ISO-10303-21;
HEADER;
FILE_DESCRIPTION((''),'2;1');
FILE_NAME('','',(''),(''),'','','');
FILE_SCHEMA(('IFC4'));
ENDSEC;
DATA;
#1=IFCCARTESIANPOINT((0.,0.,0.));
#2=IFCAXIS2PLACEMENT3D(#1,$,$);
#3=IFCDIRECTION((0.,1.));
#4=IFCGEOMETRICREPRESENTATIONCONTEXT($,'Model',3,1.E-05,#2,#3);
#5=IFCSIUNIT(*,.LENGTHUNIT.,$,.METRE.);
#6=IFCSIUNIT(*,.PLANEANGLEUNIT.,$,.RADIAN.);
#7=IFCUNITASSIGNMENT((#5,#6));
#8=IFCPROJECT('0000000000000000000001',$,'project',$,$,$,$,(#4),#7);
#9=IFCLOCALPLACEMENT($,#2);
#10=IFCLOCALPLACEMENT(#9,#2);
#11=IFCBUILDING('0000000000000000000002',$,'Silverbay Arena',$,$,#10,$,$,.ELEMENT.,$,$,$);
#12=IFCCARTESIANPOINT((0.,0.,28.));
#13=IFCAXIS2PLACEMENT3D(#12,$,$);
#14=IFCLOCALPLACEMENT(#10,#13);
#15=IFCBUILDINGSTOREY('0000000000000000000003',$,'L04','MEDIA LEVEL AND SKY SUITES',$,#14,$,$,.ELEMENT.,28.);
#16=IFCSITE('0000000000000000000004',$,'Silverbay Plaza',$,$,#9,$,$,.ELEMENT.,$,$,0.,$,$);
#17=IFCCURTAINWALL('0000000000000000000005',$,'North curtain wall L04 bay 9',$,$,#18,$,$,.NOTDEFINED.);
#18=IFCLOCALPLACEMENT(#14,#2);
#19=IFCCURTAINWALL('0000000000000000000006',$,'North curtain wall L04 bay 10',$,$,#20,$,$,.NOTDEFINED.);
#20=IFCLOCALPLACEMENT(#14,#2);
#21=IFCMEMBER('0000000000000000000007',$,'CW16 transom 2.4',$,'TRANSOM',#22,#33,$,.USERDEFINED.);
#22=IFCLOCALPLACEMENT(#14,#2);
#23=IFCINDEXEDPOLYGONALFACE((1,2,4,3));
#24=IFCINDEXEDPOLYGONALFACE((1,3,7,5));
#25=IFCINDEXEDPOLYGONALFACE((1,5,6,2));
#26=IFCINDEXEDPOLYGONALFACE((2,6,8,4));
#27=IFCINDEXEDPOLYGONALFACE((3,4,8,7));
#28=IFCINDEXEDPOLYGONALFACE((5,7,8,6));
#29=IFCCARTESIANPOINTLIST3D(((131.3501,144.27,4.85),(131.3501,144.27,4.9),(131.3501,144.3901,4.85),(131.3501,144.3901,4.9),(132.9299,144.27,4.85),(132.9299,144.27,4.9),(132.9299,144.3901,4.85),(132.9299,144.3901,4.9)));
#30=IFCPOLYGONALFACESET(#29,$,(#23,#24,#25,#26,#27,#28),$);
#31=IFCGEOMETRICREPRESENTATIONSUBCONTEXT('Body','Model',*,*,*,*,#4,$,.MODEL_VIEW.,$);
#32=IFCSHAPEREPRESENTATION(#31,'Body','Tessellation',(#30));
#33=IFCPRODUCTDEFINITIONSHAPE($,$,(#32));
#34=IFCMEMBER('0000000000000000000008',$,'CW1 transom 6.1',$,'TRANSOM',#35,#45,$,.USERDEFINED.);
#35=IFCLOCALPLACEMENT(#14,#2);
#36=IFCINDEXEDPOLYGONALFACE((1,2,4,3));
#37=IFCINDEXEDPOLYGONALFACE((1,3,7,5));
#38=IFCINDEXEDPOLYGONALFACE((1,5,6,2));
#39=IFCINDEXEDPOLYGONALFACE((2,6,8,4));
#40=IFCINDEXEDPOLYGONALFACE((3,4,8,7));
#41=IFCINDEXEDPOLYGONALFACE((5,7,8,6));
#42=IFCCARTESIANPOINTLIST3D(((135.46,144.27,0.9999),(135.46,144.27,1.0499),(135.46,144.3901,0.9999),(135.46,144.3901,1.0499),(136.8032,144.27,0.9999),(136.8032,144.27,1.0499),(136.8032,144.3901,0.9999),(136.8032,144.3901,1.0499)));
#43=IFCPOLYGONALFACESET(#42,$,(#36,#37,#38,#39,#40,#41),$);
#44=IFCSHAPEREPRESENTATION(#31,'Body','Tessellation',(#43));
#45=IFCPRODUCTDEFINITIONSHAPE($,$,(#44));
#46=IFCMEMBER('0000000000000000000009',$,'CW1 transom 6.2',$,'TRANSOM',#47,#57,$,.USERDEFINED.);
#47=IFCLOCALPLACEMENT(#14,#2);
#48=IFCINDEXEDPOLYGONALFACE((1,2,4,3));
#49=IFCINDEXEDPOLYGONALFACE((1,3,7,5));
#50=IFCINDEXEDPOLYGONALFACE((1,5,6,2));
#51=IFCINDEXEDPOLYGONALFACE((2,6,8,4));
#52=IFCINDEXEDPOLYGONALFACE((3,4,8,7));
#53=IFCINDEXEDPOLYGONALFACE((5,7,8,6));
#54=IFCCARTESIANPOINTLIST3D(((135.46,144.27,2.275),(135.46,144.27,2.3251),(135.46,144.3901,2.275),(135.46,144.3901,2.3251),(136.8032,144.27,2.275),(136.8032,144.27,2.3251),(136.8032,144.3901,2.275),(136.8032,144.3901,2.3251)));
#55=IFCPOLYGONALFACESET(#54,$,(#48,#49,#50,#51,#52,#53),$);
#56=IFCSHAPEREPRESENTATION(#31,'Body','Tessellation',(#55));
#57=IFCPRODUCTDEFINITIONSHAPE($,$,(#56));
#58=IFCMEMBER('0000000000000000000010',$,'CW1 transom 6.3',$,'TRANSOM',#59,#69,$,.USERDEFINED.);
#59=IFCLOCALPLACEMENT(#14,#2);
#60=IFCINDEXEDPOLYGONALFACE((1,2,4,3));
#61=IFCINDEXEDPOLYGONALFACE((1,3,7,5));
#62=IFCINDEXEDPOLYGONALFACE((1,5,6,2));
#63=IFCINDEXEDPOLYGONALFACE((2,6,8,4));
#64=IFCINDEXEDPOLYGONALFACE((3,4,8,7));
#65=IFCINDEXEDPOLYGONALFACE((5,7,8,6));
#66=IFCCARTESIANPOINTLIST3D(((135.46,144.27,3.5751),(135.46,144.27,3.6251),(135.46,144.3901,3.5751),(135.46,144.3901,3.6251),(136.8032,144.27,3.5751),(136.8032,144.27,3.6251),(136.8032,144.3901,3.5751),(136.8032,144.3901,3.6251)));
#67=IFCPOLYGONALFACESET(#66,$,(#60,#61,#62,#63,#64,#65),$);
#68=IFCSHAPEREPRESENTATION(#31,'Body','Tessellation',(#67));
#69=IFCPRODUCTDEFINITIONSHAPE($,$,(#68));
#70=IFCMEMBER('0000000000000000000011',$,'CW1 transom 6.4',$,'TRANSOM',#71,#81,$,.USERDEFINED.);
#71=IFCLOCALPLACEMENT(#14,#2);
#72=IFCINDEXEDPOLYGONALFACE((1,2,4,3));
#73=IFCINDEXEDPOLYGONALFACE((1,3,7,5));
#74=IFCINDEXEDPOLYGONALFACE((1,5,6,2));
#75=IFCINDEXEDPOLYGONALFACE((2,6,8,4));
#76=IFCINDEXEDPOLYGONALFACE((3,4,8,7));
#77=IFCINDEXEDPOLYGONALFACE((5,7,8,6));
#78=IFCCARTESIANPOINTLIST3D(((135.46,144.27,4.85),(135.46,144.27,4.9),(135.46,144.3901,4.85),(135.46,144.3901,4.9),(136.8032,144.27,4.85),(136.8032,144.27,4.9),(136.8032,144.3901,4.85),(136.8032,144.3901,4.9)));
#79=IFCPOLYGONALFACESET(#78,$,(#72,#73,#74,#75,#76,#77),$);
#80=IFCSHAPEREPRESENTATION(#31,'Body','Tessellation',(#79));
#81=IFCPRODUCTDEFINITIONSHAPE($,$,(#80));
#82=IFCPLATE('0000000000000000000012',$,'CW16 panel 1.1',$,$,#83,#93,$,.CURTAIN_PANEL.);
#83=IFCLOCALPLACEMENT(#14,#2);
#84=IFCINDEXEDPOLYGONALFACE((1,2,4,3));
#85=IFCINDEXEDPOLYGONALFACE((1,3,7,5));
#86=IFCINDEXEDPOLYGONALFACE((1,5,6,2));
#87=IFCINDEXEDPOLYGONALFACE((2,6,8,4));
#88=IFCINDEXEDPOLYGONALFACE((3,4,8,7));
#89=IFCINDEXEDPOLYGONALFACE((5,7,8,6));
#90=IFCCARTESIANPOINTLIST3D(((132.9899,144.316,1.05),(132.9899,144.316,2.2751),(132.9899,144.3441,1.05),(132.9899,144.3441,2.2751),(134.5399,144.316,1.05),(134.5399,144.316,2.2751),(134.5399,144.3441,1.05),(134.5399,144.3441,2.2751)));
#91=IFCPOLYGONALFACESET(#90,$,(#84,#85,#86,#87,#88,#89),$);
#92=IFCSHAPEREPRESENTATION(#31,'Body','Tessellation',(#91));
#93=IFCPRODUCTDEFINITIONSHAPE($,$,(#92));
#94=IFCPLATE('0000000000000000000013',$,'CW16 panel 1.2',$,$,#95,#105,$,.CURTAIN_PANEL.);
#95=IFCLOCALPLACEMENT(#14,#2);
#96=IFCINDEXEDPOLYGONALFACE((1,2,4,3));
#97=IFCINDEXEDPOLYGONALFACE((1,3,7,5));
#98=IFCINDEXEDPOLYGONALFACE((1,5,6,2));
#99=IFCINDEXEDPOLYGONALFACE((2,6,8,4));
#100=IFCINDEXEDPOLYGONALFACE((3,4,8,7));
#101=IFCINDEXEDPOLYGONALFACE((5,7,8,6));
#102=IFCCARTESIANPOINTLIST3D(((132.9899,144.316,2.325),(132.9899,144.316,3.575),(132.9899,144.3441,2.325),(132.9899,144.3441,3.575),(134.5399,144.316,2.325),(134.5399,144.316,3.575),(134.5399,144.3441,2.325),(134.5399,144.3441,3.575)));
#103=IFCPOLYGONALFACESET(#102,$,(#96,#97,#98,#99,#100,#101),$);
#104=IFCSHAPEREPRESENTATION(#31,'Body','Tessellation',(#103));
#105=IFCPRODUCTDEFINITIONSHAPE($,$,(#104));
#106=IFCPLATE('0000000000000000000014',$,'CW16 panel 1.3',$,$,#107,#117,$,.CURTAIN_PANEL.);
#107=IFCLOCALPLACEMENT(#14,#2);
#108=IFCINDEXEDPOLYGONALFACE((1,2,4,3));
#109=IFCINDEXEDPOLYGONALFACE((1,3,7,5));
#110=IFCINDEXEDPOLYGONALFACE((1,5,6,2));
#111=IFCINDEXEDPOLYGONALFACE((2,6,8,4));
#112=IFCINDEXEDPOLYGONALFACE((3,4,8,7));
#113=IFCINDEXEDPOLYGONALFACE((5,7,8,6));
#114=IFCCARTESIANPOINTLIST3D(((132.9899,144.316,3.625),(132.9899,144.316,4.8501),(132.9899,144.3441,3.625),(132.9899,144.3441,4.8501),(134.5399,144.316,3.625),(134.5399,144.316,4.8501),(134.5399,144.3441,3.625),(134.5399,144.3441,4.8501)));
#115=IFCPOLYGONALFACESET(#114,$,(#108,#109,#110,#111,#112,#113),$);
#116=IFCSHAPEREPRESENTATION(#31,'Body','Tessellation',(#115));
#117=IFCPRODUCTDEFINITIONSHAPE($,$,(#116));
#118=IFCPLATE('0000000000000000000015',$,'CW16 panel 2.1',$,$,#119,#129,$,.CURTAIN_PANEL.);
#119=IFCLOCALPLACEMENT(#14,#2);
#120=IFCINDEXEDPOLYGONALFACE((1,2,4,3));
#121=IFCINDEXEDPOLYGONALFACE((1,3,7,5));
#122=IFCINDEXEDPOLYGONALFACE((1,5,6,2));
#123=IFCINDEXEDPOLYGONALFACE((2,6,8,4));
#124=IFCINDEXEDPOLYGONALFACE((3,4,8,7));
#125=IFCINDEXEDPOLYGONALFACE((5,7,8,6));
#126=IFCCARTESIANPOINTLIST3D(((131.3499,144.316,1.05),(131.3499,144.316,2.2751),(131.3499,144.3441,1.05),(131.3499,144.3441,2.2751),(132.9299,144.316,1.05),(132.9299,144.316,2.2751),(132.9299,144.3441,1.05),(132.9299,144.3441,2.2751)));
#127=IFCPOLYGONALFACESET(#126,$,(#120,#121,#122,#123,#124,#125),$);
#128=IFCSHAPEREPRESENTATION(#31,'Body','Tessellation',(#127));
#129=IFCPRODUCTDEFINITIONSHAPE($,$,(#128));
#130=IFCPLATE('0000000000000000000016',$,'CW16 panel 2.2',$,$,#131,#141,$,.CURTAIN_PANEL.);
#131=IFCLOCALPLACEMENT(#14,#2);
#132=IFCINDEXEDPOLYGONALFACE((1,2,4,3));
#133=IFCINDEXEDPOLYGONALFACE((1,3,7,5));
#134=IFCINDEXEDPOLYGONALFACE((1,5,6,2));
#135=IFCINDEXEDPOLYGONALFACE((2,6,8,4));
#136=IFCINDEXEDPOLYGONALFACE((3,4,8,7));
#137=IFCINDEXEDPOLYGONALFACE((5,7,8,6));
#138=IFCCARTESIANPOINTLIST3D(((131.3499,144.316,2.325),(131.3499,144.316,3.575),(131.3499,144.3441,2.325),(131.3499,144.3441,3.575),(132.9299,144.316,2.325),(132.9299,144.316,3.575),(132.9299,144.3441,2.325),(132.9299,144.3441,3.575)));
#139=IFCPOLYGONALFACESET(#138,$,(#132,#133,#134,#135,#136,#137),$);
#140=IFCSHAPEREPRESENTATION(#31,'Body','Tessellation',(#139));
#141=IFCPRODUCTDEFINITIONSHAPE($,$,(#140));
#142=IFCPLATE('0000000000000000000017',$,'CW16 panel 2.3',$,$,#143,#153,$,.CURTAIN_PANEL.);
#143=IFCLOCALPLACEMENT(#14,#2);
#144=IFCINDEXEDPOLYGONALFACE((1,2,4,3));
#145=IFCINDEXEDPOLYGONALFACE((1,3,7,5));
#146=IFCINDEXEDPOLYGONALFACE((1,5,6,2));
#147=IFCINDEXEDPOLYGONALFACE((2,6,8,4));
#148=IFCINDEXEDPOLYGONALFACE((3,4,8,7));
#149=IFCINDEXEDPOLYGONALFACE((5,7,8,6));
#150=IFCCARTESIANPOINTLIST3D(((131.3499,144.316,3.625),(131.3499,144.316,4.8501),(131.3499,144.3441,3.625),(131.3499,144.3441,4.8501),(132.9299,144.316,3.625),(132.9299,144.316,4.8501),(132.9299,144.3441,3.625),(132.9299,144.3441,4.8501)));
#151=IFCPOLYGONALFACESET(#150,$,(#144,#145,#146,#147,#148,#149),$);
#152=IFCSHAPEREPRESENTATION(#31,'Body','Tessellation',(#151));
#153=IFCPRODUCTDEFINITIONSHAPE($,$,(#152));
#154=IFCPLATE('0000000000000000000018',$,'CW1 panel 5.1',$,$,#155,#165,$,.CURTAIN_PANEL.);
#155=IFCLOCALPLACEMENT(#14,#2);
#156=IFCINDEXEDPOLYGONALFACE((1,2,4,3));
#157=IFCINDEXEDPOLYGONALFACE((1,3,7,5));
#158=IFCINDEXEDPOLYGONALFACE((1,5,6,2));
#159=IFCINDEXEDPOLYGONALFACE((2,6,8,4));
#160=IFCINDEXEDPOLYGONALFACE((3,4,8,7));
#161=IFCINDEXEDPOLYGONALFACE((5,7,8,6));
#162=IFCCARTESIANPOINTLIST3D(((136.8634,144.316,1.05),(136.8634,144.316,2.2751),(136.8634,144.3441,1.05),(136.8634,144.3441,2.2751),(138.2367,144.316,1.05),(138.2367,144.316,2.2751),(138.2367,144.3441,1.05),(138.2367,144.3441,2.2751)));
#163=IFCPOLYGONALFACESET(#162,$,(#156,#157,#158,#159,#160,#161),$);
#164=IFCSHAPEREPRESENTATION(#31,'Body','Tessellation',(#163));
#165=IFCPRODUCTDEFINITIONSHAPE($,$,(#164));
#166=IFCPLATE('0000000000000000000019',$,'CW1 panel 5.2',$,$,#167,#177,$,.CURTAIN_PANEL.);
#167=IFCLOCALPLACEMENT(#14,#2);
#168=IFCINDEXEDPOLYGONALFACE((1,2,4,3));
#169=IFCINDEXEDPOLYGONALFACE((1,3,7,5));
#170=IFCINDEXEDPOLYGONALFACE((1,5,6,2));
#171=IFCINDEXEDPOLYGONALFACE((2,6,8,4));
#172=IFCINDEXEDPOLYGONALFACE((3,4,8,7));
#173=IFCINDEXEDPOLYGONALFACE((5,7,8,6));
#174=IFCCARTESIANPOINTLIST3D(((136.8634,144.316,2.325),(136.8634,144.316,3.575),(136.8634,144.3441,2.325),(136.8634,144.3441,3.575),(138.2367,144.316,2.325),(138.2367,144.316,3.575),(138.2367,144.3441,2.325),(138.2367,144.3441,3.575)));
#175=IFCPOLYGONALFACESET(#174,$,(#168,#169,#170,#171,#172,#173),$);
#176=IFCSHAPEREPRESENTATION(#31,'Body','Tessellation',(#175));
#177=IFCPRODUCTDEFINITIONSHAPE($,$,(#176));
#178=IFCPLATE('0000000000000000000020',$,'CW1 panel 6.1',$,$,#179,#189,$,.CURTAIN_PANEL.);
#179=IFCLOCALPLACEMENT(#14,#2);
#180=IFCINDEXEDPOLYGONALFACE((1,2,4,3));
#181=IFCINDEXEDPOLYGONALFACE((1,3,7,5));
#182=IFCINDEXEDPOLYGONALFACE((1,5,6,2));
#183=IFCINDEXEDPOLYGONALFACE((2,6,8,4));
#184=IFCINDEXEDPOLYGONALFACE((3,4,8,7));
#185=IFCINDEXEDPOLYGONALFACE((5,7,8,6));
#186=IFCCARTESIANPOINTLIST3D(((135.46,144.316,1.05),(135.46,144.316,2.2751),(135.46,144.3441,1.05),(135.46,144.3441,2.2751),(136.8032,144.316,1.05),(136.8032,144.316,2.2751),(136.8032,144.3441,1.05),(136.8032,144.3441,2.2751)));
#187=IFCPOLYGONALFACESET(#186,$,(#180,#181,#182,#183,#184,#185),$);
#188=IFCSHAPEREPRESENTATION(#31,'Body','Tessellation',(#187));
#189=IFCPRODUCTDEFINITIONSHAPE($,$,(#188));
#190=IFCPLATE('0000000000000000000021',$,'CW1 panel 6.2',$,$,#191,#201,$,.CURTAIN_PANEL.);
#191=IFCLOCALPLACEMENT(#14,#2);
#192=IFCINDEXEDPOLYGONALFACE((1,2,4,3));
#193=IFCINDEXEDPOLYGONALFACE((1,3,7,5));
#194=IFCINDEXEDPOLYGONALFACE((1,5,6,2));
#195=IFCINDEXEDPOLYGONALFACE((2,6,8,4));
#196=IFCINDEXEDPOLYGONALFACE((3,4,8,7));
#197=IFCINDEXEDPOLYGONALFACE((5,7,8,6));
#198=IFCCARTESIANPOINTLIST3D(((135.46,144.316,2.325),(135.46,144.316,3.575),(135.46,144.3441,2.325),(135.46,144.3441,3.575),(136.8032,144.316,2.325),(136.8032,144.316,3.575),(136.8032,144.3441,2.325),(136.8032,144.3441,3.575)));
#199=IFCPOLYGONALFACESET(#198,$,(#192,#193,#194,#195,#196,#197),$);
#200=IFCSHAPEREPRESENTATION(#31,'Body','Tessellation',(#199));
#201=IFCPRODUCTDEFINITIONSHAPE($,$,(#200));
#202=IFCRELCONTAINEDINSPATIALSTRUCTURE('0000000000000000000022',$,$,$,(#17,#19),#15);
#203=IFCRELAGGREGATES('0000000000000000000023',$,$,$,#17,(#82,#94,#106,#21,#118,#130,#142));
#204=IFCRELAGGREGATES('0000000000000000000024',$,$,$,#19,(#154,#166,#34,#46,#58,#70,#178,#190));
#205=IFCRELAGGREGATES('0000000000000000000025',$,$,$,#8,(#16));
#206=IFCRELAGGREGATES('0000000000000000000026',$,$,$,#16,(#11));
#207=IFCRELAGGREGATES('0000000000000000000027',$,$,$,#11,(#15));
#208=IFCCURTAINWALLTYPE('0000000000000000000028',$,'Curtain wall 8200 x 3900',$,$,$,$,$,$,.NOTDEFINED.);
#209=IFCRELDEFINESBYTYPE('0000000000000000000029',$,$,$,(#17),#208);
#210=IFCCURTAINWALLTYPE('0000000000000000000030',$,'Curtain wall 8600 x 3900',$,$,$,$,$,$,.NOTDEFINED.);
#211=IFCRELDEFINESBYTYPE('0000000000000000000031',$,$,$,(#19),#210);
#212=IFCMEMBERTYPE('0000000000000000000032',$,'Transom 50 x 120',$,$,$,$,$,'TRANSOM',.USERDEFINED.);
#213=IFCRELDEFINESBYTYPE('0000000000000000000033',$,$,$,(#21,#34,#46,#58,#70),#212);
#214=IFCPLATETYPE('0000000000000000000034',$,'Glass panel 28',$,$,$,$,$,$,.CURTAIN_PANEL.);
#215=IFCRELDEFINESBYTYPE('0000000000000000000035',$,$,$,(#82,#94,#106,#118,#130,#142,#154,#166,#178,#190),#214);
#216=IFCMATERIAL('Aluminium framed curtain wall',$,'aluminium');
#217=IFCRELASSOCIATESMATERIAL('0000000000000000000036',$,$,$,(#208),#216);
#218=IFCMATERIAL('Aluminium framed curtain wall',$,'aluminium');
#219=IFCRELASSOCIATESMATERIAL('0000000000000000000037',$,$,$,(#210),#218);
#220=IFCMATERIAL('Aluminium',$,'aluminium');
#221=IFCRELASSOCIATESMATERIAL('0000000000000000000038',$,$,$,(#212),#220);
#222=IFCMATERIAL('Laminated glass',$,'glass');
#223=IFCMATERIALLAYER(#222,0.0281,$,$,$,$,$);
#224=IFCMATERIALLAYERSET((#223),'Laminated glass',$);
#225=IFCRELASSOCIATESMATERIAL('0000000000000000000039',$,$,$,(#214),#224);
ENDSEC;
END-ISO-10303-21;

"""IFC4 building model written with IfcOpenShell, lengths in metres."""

from ifc_helpers import new_model, si_unit, direction, frame, origin, origin_2d, place, context, subcontext, project, spatial, rectangle, extrude, material, layer, layer_set, material_profile, profile_set, type_object, element, aggregate, save


model = new_model("IFC4")

# Units and contexts
model_context = context("Model", 3, precision=1e-05, world=origin(), true_north=direction((0.0, 1.0)))
body_context = subcontext(model_context, "Body", "Model", "MODEL_VIEW")
ifc_project = project(units=[si_unit("LENGTHUNIT", "METRE"), si_unit("PLANEANGLEUNIT", "RADIAN")], contexts=[model_context])

# Site, building, storey
site_placement = place(None, origin())
site = spatial("IfcSite", under=ifc_project, at=site_placement, Name="Silverbay Plaza", CompositionType="ELEMENT", RefElevation=0.0)
building_placement = place(site_placement, origin())
building = spatial("IfcBuilding", under=site, at=building_placement, Name="Silverbay Arena", CompositionType="ELEMENT")
storey_placement = place(building_placement, frame((0.0, 0.0, 28.0)))
storey = spatial("IfcBuildingStorey", under=building, at=storey_placement, Name="L04", Description="MEDIA LEVEL AND SKY SUITES", CompositionType="ELEMENT", Elevation=28.0)

# Curtain walls
ifc_material_1 = material(Name="Aluminium framed curtain wall", Category="aluminium")
curtain_wall_type_1 = type_object("IfcCurtainWallType", Name="Curtain wall 8200 x 3900", PredefinedType="NOTDEFINED", material=ifc_material_1)
curtain_wall_1_placement = place(storey_placement, origin())
curtain_wall_1 = element("IfcCurtainWall", 1, at=curtain_wall_1_placement, inside=storey, type_object=curtain_wall_type_1, Name="North curtain wall L04 bay 9", PredefinedType="NOTDEFINED")
ifc_material_2 = material(Name="Aluminium framed curtain wall", Category="aluminium")
curtain_wall_type_2 = type_object("IfcCurtainWallType", Name="Curtain wall 8600 x 3900", PredefinedType="NOTDEFINED", material=ifc_material_2)
curtain_wall_2_placement = place(storey_placement, origin())
curtain_wall_2 = element("IfcCurtainWall", 2, at=curtain_wall_2_placement, inside=storey, type_object=curtain_wall_type_2, Name="North curtain wall L04 bay 10", PredefinedType="NOTDEFINED")

# Members
ifc_material_3 = material(Name="Aluminium", Category="aluminium")
ifc_material_profile_1 = material_profile(ifc_material_3, rectangle(XDim=0.1201, YDim=0.05, at=origin_2d()), Name="Transom 50 x 120")
ifc_profile_set_1 = profile_set([ifc_material_profile_1], Name="Aluminium")
member_type_1 = type_object("IfcMemberType", Name="Transom 50 x 120", ElementType="TRANSOM", PredefinedType="USERDEFINED", material=ifc_profile_set_1)
member_1_placement = place(storey_placement, frame((132.9299, 144.3301, 4.875), z_axis=(-1.0, 0.0, 0.0), x_axis=(0.0, -1.0, 0.0)))
member_1 = element("IfcMember", 3, at=member_1_placement, type_object=member_type_1, Name="CW16 transom 2.4", ObjectType="TRANSOM", PredefinedType="USERDEFINED", context=body_context, shape_type="SweptSolid", body=[
    extrude(rectangle(XDim=0.1201, YDim=0.05, at=origin_2d()), origin(), (0.0, 0.0, 1.0), 1.5798),
])
member_2_placement = place(storey_placement, frame((136.8032, 144.3301, 1.0249), z_axis=(-1.0, 0.0, 0.0), x_axis=(0.0, -1.0, 0.0)))
member_2 = element("IfcMember", 4, at=member_2_placement, type_object=member_type_1, Name="CW1 transom 6.1", ObjectType="TRANSOM", PredefinedType="USERDEFINED", context=body_context, shape_type="SweptSolid", body=[
    extrude(rectangle(XDim=0.1201, YDim=0.05, at=origin_2d()), origin(), (0.0, 0.0, 1.0), 1.3433),
])
member_3_placement = place(storey_placement, frame((136.8032, 144.3301, 2.3), z_axis=(-1.0, 0.0, 0.0), x_axis=(0.0, -1.0, 0.0)))
member_3 = element("IfcMember", 5, at=member_3_placement, type_object=member_type_1, Name="CW1 transom 6.2", ObjectType="TRANSOM", PredefinedType="USERDEFINED", context=body_context, shape_type="SweptSolid", body=[
    extrude(rectangle(XDim=0.1201, YDim=0.05, at=origin_2d()), origin(), (0.0, 0.0, 1.0), 1.3433),
])
member_4_placement = place(storey_placement, frame((136.8032, 144.3301, 3.6001), z_axis=(-1.0, 0.0, 0.0), x_axis=(0.0, -1.0, 0.0)))
member_4 = element("IfcMember", 6, at=member_4_placement, type_object=member_type_1, Name="CW1 transom 6.3", ObjectType="TRANSOM", PredefinedType="USERDEFINED", context=body_context, shape_type="SweptSolid", body=[
    extrude(rectangle(XDim=0.1201, YDim=0.05, at=origin_2d()), origin(), (0.0, 0.0, 1.0), 1.3433),
])
member_5_placement = place(storey_placement, frame((136.8032, 144.3301, 4.875), z_axis=(-1.0, 0.0, 0.0), x_axis=(0.0, -1.0, 0.0)))
member_5 = element("IfcMember", 7, at=member_5_placement, type_object=member_type_1, Name="CW1 transom 6.4", ObjectType="TRANSOM", PredefinedType="USERDEFINED", context=body_context, shape_type="SweptSolid", body=[
    extrude(rectangle(XDim=0.1201, YDim=0.05, at=origin_2d()), origin(), (0.0, 0.0, 1.0), 1.3433),
])

# Plates
ifc_material_4 = material(Name="Laminated glass", Category="glass")
ifc_layer_1 = layer(ifc_material_4, 0.0281)
ifc_layer_set_1 = layer_set([ifc_layer_1], Name="Laminated glass")
plate_type = type_object("IfcPlateType", Name="Glass panel 28", PredefinedType="CURTAIN_PANEL", material=ifc_layer_set_1)
plate_1_placement = place(storey_placement, frame((133.7649, 144.3301, 1.05), z_axis=(0.0, 0.0, 1.0), x_axis=(-1.0, 0.0, 0.0)))
plate_1 = element("IfcPlate", 8, at=plate_1_placement, type_object=plate_type, Name="CW16 panel 1.1", PredefinedType="CURTAIN_PANEL", context=body_context, shape_type="SweptSolid", body=[
    extrude(rectangle(XDim=1.55, YDim=0.0281, at=origin_2d()), origin(), (0.0, 0.0, 1.0), 1.2251),
])
plate_2_placement = place(storey_placement, frame((133.7649, 144.3301, 2.325), z_axis=(0.0, 0.0, 1.0), x_axis=(-1.0, 0.0, 0.0)))
plate_2 = element("IfcPlate", 9, at=plate_2_placement, type_object=plate_type, Name="CW16 panel 1.2", PredefinedType="CURTAIN_PANEL", context=body_context, shape_type="SweptSolid", body=[
    extrude(rectangle(XDim=1.55, YDim=0.0281, at=origin_2d()), origin(), (0.0, 0.0, 1.0), 1.25),
])
plate_3_placement = place(storey_placement, frame((133.7649, 144.3301, 3.625), z_axis=(0.0, 0.0, 1.0), x_axis=(-1.0, 0.0, 0.0)))
plate_3 = element("IfcPlate", 10, at=plate_3_placement, type_object=plate_type, Name="CW16 panel 1.3", PredefinedType="CURTAIN_PANEL", context=body_context, shape_type="SweptSolid", body=[
    extrude(rectangle(XDim=1.55, YDim=0.0281, at=origin_2d()), origin(), (0.0, 0.0, 1.0), 1.2251),
])
plate_4_placement = place(storey_placement, frame((132.1399, 144.3301, 1.05), z_axis=(0.0, 0.0, 1.0), x_axis=(-1.0, 0.0, 0.0)))
plate_4 = element("IfcPlate", 11, at=plate_4_placement, type_object=plate_type, Name="CW16 panel 2.1", PredefinedType="CURTAIN_PANEL", context=body_context, shape_type="SweptSolid", body=[
    extrude(rectangle(XDim=1.5801, YDim=0.0281, at=origin_2d()), origin(), (0.0, 0.0, 1.0), 1.2251),
])
plate_5_placement = place(storey_placement, frame((132.1399, 144.3301, 2.325), z_axis=(0.0, 0.0, 1.0), x_axis=(-1.0, 0.0, 0.0)))
plate_5 = element("IfcPlate", 12, at=plate_5_placement, type_object=plate_type, Name="CW16 panel 2.2", PredefinedType="CURTAIN_PANEL", context=body_context, shape_type="SweptSolid", body=[
    extrude(rectangle(XDim=1.5801, YDim=0.0281, at=origin_2d()), origin(), (0.0, 0.0, 1.0), 1.25),
])
plate_6_placement = place(storey_placement, frame((132.1399, 144.3301, 3.625), z_axis=(0.0, 0.0, 1.0), x_axis=(-1.0, 0.0, 0.0)))
plate_6 = element("IfcPlate", 13, at=plate_6_placement, type_object=plate_type, Name="CW16 panel 2.3", PredefinedType="CURTAIN_PANEL", context=body_context, shape_type="SweptSolid", body=[
    extrude(rectangle(XDim=1.5801, YDim=0.0281, at=origin_2d()), origin(), (0.0, 0.0, 1.0), 1.2251),
])
aggregate(curtain_wall_1, [plate_1, plate_2, plate_3, member_1, plate_4, plate_5, plate_6])
plate_7_placement = place(storey_placement, frame((137.55, 144.3301, 1.05), z_axis=(0.0, 0.0, 1.0), x_axis=(-1.0, 0.0, 0.0)))
plate_7 = element("IfcPlate", 14, at=plate_7_placement, type_object=plate_type, Name="CW1 panel 5.1", PredefinedType="CURTAIN_PANEL", context=body_context, shape_type="SweptSolid", body=[
    extrude(rectangle(XDim=1.3733, YDim=0.0281, at=origin_2d()), origin(), (0.0, 0.0, 1.0), 1.2251),
])
plate_8_placement = place(storey_placement, frame((137.55, 144.3301, 2.325), z_axis=(0.0, 0.0, 1.0), x_axis=(-1.0, 0.0, 0.0)))
plate_8 = element("IfcPlate", 15, at=plate_8_placement, type_object=plate_type, Name="CW1 panel 5.2", PredefinedType="CURTAIN_PANEL", context=body_context, shape_type="SweptSolid", body=[
    extrude(rectangle(XDim=1.3733, YDim=0.0281, at=origin_2d()), origin(), (0.0, 0.0, 1.0), 1.25),
])
plate_9_placement = place(storey_placement, frame((136.1316, 144.3301, 1.05), z_axis=(0.0, 0.0, 1.0), x_axis=(-1.0, 0.0, 0.0)))
plate_9 = element("IfcPlate", 16, at=plate_9_placement, type_object=plate_type, Name="CW1 panel 6.1", PredefinedType="CURTAIN_PANEL", context=body_context, shape_type="SweptSolid", body=[
    extrude(rectangle(XDim=1.3433, YDim=0.0281, at=origin_2d()), origin(), (0.0, 0.0, 1.0), 1.2251),
])
plate_10_placement = place(storey_placement, frame((136.1316, 144.3301, 2.325), z_axis=(0.0, 0.0, 1.0), x_axis=(-1.0, 0.0, 0.0)))
plate_10 = element("IfcPlate", 17, at=plate_10_placement, type_object=plate_type, Name="CW1 panel 6.2", PredefinedType="CURTAIN_PANEL", context=body_context, shape_type="SweptSolid", body=[
    extrude(rectangle(XDim=1.3433, YDim=0.0281, at=origin_2d()), origin(), (0.0, 0.0, 1.0), 1.25),
])
aggregate(curtain_wall_2, [plate_7, plate_8, member_2, member_3, member_4, member_5, plate_9, plate_10])

save(model, "model.ifc")
